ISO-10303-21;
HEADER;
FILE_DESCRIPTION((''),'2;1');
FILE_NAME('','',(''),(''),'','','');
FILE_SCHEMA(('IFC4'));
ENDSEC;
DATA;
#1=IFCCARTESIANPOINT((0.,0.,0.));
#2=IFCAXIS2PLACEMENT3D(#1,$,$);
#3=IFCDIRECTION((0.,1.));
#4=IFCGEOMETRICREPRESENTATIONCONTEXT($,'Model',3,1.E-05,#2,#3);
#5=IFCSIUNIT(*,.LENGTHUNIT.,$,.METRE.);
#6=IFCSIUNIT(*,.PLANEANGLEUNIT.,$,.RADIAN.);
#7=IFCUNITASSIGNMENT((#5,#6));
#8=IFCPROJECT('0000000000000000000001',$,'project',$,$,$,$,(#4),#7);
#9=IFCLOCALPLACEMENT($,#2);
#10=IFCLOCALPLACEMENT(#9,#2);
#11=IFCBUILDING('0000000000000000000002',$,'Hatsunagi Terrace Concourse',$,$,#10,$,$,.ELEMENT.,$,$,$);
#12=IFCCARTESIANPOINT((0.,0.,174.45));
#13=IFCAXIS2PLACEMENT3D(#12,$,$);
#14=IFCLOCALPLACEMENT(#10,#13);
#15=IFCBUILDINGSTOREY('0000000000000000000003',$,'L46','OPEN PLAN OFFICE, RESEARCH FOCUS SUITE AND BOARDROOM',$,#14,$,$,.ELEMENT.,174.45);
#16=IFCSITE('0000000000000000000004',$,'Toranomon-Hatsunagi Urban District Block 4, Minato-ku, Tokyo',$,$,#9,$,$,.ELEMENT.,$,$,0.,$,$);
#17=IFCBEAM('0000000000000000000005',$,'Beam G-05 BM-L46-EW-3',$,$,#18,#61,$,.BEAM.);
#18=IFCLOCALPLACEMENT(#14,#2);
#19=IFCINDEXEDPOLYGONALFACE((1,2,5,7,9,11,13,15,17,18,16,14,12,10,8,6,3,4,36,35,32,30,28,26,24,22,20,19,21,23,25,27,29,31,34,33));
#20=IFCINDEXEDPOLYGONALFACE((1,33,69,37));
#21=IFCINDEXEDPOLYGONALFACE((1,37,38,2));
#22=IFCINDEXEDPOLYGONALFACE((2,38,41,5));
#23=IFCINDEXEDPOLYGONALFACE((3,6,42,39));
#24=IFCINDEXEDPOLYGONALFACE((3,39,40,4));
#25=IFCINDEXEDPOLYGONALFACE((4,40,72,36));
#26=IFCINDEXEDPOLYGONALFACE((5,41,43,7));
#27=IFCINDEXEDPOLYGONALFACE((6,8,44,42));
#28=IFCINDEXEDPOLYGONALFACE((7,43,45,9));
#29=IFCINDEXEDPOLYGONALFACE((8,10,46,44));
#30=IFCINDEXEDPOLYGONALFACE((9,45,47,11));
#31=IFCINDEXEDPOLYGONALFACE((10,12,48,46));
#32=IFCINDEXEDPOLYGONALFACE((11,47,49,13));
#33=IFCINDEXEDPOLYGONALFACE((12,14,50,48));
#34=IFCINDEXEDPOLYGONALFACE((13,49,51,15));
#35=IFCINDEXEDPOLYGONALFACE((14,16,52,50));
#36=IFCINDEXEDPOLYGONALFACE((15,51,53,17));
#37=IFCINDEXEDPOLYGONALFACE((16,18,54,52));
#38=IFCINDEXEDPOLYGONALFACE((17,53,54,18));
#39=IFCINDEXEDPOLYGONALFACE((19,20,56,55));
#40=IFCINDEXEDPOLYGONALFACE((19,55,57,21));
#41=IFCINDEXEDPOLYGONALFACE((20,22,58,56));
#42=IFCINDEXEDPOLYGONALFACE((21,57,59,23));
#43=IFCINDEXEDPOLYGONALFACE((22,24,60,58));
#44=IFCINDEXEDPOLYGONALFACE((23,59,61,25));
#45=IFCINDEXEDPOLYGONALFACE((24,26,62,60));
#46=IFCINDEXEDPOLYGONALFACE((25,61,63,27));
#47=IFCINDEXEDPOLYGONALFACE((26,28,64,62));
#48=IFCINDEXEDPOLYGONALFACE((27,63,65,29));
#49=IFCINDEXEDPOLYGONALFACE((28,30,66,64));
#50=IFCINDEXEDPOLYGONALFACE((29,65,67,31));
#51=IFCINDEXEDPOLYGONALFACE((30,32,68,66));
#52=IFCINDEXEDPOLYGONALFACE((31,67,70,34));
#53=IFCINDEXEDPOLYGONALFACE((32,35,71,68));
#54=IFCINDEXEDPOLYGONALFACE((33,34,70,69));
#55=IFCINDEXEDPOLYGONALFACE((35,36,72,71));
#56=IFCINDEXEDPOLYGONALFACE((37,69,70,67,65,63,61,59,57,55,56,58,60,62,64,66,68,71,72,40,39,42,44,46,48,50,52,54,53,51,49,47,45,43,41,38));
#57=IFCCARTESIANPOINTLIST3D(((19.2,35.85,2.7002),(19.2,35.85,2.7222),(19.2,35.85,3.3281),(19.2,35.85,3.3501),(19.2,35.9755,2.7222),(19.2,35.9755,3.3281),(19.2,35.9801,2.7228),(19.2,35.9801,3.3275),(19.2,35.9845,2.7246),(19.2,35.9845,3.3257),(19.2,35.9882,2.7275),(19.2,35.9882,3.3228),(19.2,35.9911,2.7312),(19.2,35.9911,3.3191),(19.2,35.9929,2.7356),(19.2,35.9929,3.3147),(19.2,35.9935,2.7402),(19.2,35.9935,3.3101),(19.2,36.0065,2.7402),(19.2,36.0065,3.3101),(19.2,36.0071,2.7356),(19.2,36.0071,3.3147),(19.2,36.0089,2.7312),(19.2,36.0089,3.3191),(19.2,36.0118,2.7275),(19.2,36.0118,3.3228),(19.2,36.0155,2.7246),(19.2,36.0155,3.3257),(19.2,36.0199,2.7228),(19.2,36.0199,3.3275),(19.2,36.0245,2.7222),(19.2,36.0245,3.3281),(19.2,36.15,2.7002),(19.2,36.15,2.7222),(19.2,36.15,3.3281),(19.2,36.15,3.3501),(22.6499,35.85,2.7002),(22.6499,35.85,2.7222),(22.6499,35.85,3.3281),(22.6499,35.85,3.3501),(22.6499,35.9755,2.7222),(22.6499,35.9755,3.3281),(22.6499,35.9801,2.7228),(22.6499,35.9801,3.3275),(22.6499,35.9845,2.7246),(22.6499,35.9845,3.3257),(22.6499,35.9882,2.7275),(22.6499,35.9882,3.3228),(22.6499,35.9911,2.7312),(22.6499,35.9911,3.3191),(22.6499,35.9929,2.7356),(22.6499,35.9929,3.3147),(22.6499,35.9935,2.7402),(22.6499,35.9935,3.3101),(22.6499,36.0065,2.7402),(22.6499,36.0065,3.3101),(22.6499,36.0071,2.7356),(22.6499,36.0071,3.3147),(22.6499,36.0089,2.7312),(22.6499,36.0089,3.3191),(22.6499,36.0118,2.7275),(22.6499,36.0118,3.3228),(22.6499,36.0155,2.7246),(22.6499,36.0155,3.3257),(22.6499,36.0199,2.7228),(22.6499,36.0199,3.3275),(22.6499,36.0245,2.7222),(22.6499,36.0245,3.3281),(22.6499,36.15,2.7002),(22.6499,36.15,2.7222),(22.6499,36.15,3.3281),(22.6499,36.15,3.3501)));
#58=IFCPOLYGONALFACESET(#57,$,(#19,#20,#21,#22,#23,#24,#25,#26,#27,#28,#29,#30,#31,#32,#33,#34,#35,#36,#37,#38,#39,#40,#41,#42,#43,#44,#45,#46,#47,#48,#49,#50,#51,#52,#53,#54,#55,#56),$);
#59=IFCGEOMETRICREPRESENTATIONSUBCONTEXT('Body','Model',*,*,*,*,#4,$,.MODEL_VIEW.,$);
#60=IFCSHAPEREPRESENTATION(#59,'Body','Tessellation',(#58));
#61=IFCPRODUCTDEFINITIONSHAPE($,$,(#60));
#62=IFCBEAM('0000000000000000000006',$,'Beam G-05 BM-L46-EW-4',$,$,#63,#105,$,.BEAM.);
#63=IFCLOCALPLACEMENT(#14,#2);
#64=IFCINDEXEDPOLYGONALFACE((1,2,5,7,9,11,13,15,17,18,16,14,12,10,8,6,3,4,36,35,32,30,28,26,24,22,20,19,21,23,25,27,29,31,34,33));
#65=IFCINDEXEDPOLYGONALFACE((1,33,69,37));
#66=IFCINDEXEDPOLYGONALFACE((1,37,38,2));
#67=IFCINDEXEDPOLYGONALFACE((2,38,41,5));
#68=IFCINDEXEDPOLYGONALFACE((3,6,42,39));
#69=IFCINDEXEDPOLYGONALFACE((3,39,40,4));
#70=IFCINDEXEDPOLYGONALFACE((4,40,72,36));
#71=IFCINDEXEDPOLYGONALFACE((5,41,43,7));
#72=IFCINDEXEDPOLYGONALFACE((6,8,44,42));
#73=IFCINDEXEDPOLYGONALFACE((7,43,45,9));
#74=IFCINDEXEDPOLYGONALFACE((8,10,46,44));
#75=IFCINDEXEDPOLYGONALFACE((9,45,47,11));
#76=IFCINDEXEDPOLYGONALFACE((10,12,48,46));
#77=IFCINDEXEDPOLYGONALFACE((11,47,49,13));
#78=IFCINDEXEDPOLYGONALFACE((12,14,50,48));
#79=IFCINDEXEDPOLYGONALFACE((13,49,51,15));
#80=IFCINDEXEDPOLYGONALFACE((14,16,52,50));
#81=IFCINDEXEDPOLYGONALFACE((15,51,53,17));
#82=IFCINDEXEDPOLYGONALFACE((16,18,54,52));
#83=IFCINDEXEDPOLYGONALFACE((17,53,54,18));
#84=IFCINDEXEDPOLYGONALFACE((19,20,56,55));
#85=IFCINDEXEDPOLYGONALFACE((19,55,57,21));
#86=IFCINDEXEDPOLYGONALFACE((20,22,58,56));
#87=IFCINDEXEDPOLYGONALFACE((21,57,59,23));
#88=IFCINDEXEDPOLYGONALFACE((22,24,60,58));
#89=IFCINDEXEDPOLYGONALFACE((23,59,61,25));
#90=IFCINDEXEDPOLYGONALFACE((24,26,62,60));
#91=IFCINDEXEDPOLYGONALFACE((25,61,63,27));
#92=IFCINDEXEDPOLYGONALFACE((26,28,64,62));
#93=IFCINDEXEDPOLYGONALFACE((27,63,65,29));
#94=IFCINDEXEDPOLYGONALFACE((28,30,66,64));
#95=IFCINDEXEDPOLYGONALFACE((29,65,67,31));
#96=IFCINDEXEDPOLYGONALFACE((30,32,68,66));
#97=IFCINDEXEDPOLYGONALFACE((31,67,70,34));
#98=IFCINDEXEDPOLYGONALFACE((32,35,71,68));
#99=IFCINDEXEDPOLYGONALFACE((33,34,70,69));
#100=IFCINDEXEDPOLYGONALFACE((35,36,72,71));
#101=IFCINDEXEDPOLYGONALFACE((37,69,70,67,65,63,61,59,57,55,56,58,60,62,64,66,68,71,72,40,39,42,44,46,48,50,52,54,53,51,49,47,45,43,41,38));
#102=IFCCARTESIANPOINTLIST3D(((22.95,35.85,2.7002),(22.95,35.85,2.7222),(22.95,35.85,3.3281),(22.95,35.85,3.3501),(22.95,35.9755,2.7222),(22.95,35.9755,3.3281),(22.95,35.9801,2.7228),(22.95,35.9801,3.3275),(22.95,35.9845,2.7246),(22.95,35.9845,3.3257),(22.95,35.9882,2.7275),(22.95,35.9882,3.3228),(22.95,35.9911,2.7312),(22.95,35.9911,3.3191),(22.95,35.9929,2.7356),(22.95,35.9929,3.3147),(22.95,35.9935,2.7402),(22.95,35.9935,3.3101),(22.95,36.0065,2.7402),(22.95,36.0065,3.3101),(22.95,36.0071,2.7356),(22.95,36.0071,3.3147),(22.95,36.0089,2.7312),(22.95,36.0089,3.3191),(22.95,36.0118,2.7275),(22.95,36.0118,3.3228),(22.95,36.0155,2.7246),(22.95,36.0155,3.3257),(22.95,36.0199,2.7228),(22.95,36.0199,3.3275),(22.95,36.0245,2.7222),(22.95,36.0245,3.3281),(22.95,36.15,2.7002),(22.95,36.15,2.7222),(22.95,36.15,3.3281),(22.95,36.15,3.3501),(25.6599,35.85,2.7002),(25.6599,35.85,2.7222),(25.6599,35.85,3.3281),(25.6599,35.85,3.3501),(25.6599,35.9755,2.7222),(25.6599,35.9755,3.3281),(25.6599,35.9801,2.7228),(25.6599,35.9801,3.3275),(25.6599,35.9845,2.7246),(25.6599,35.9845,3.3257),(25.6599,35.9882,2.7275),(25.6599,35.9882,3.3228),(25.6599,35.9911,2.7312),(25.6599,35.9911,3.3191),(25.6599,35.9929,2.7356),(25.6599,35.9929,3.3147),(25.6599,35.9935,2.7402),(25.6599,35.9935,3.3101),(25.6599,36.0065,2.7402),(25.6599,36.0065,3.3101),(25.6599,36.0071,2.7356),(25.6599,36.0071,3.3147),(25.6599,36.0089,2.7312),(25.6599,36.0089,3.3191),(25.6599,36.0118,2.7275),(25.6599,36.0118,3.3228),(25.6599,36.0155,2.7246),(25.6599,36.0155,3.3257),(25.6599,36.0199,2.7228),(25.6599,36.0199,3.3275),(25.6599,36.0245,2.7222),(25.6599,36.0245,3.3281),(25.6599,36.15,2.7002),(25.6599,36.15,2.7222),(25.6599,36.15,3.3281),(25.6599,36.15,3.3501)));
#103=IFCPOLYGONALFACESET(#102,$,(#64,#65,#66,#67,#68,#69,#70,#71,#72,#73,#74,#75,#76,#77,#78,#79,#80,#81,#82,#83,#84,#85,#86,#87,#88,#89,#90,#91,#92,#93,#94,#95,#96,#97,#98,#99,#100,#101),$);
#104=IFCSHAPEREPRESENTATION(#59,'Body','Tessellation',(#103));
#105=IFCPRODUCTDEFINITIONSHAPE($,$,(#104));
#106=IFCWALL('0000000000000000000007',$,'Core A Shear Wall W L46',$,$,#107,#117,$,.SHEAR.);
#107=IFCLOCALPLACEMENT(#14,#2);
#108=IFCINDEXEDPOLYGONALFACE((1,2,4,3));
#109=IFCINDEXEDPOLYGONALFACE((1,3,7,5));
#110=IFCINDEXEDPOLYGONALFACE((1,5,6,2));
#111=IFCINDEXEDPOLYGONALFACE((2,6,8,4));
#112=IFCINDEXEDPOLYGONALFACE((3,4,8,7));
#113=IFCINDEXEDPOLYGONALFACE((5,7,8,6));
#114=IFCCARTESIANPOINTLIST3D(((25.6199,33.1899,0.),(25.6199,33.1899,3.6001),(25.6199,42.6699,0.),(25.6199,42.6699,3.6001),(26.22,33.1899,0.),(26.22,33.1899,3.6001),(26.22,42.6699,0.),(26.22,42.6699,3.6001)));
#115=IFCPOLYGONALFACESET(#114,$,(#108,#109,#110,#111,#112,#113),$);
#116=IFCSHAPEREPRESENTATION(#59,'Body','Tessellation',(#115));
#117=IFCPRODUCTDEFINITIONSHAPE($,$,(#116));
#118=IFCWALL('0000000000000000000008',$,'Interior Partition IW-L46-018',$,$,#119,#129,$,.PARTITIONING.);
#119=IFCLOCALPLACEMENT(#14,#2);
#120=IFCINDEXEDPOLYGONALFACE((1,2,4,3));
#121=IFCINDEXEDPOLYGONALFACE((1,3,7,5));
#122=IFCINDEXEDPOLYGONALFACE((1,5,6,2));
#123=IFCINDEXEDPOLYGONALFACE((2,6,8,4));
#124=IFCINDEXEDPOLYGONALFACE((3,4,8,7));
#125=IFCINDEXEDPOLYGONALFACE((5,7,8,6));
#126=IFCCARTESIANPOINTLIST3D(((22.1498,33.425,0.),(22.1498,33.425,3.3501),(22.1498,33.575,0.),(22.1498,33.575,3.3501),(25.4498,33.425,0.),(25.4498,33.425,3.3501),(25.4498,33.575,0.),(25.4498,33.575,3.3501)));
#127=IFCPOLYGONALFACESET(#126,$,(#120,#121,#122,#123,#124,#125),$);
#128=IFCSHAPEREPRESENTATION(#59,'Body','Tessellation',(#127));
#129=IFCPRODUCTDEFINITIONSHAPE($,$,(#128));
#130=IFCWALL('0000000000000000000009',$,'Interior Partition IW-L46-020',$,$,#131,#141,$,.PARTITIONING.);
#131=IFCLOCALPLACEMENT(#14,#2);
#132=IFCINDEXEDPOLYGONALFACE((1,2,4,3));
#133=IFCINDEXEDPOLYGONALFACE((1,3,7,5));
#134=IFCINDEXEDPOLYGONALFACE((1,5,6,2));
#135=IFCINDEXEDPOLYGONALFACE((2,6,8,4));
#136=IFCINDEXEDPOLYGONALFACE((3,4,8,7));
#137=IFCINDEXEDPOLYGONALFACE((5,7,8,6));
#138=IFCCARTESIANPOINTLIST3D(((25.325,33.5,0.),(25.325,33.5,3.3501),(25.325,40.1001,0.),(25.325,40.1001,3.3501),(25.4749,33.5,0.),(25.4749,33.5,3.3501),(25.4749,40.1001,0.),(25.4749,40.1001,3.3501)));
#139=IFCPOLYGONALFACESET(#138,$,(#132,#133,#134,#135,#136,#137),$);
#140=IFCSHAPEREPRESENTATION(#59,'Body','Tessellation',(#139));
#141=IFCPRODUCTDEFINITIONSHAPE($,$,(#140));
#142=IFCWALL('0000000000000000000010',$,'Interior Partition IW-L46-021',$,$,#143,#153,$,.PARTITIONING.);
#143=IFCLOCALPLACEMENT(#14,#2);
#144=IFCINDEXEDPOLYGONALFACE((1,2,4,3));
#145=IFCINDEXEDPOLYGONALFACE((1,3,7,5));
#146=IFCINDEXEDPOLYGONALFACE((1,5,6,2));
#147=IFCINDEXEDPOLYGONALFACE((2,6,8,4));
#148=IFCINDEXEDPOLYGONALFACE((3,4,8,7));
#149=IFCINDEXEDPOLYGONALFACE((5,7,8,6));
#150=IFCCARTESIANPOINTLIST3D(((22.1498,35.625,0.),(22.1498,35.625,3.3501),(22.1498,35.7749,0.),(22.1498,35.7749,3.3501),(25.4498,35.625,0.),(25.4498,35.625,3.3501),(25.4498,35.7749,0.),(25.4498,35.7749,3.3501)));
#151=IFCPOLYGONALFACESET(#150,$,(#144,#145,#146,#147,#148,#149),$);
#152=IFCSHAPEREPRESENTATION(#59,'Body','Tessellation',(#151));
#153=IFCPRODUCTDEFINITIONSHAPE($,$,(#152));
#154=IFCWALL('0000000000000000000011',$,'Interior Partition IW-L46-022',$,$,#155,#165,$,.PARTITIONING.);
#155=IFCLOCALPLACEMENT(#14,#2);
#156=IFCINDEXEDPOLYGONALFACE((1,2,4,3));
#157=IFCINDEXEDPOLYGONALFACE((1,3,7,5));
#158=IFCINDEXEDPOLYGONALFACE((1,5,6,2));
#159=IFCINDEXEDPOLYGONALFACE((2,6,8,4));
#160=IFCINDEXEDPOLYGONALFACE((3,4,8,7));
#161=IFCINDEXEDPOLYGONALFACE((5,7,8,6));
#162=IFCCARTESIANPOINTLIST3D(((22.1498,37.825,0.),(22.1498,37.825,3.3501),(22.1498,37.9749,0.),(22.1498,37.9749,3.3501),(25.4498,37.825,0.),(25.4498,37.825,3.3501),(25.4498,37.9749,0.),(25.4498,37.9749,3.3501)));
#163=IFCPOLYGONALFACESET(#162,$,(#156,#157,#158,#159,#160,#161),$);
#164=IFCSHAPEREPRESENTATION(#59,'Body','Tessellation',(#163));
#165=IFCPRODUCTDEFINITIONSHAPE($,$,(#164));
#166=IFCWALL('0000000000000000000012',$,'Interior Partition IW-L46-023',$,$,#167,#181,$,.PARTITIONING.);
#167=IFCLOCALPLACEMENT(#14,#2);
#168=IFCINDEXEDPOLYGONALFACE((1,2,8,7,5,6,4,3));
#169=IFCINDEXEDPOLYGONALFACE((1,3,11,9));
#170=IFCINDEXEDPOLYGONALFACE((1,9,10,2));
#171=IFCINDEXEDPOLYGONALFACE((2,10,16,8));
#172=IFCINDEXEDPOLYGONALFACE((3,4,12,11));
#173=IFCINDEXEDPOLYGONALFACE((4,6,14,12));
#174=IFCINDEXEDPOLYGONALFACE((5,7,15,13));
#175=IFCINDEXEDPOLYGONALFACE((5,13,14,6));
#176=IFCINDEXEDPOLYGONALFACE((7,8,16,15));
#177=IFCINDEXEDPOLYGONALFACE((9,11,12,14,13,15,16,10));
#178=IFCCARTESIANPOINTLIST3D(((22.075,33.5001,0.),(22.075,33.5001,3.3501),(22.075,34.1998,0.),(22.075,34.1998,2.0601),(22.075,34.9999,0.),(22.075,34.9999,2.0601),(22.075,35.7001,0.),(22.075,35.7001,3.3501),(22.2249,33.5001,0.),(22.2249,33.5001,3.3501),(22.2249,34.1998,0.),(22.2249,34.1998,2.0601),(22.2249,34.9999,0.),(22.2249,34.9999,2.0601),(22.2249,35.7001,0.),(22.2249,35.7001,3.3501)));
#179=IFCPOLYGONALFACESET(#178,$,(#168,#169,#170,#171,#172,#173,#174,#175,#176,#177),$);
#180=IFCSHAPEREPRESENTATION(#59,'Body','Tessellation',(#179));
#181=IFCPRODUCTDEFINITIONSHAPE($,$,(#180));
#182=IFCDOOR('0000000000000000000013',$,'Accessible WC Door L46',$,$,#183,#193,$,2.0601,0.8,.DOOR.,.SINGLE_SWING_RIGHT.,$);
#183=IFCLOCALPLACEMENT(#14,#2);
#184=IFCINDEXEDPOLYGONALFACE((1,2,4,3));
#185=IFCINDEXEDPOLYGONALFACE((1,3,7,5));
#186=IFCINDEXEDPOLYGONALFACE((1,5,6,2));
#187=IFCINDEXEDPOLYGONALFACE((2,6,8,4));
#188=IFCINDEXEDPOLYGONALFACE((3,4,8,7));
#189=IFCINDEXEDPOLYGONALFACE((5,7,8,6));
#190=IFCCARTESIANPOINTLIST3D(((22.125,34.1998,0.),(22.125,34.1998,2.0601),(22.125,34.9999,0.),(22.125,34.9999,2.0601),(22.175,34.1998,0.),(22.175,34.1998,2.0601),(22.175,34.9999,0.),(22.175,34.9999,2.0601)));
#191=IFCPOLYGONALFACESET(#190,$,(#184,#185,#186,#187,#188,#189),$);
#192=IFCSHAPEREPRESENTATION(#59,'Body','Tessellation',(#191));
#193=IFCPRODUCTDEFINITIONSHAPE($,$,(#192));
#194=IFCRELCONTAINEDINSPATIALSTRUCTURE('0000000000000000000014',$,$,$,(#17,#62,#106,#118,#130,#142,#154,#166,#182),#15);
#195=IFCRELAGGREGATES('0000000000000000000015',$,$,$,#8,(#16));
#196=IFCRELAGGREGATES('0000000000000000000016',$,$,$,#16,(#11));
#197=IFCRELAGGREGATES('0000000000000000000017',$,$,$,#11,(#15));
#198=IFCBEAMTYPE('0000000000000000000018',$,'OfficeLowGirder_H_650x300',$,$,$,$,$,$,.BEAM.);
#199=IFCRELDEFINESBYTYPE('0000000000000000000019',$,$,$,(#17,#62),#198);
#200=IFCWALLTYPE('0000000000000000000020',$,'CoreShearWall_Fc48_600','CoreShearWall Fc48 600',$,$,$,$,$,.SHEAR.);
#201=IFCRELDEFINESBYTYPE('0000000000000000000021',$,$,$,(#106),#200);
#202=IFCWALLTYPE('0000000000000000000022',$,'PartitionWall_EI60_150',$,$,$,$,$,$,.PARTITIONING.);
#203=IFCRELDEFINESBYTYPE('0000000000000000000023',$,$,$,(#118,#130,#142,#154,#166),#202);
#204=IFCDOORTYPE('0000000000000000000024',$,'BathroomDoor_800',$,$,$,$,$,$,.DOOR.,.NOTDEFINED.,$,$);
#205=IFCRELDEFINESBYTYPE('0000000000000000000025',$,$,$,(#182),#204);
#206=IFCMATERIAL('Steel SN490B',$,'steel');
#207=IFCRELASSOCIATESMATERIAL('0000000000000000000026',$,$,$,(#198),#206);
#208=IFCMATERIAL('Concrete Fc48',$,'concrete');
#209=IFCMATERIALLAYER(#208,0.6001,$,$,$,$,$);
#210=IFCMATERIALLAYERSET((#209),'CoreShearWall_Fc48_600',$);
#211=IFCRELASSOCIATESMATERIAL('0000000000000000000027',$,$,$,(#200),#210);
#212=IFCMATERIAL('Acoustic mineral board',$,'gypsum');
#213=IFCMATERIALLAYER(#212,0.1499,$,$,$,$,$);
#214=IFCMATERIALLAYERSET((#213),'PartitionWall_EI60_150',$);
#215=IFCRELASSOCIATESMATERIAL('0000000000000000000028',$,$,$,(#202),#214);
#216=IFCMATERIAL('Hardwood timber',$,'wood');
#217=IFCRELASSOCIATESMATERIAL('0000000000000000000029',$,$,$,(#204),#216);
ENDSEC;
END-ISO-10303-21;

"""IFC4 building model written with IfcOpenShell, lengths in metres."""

from ifc_helpers import new_model, si_unit, direction, frame, frame_2d, origin, origin_2d, place, context, subcontext, project, spatial, rectangle, i_section, extrude, material, layer, layer_set, material_profile, profile_set, type_object, element, fill, save


model = new_model("IFC4")

# Units and contexts
model_context = context("Model", 3, precision=1e-05, world=origin(), true_north=direction((0.0, 1.0)))
body_context = subcontext(model_context, "Body", "Model", "MODEL_VIEW")
ifc_project = project(units=[si_unit("LENGTHUNIT", "METRE"), si_unit("PLANEANGLEUNIT", "RADIAN")], contexts=[model_context])

# Site, building, storey
site_placement = place(None, origin())
site = spatial("IfcSite", under=ifc_project, at=site_placement, Name="Toranomon-Hatsunagi Urban District Block 4, Minato-ku, Tokyo", CompositionType="ELEMENT", RefElevation=0.0)
building_placement = place(site_placement, origin())
building = spatial("IfcBuilding", under=site, at=building_placement, Name="Hatsunagi Terrace Concourse", CompositionType="ELEMENT")
storey_placement = place(building_placement, frame((0.0, 0.0, 174.45)))
storey = spatial("IfcBuildingStorey", under=building, at=storey_placement, Name="L46", Description="OPEN PLAN OFFICE, RESEARCH FOCUS SUITE AND BOARDROOM", CompositionType="ELEMENT", Elevation=174.45)

# Beams
ifc_material_1 = material(Name="Steel SN490B", Category="steel")
ifc_material_profile_1 = material_profile(ifc_material_1, i_section(OverallWidth=0.3, OverallDepth=0.6499, WebThickness=0.0129, FlangeThickness=0.022, FilletRadius=0.0181, at=origin_2d()), Name="H-650x300x13x22")
ifc_profile_set_1 = profile_set([ifc_material_profile_1], Name="Steel SN490B")
beam_type_1 = type_object("IfcBeamType", Name="OfficeLowGirder_H_650x300", PredefinedType="BEAM", material=ifc_profile_set_1)
beam_1_placement = place(storey_placement, frame((19.2, 36.0, 3.0251), z_axis=(1.0, 0.0, 0.0), x_axis=(0.0, 1.0, 0.0)))
element("IfcBeam", 1, at=beam_1_placement, inside=storey, type_object=beam_type_1, Name="Beam G-05 BM-L46-EW-3", PredefinedType="BEAM", context=body_context, shape_type="SweptSolid", body=[
    extrude(i_section(OverallWidth=0.3, OverallDepth=0.6499, WebThickness=0.0129, FlangeThickness=0.022, FilletRadius=0.0181, at=origin_2d()), origin(), (0.0, 0.0, 1.0), 3.45),
])
beam_2_placement = place(storey_placement, frame((22.95, 36.0, 3.0251), z_axis=(1.0, 0.0, 0.0), x_axis=(0.0, 1.0, 0.0)))
element("IfcBeam", 2, at=beam_2_placement, inside=storey, type_object=beam_type_1, Name="Beam G-05 BM-L46-EW-4", PredefinedType="BEAM", context=body_context, shape_type="SweptSolid", body=[
    extrude(i_section(OverallWidth=0.3, OverallDepth=0.6499, WebThickness=0.0129, FlangeThickness=0.022, FilletRadius=0.0181, at=origin_2d()), origin(), (0.0, 0.0, 1.0), 2.71),
])

# Shared definitions
ifc_material_2 = material(Name="Concrete Fc48", Category="concrete")
ifc_layer_1 = layer(ifc_material_2, 0.6001)
ifc_layer_set_1 = layer_set([ifc_layer_1], Name="CoreShearWall_Fc48_600")
wall_type_1 = type_object("IfcWallType", Name="CoreShearWall_Fc48_600", Description="CoreShearWall Fc48 600", PredefinedType="SHEAR", material=ifc_layer_set_1)

# Walls
wall_1_placement = place(storey_placement, frame((25.9199, 33.1899, 0.0), z_axis=(0.0, 0.0, 1.0), x_axis=(0.0, 1.0, 0.0)))
element("IfcWall", 3, at=wall_1_placement, inside=storey, type_object=wall_type_1, Name="Core A Shear Wall W L46", PredefinedType="SHEAR", context=body_context, shape_type="SweptSolid", body=[
    extrude(rectangle(XDim=9.48, YDim=0.6001, at=frame_2d((4.74, 0.0))), origin(), (0.0, 0.0, 1.0), 3.6001),
])
ifc_material_3 = material(Name="Acoustic mineral board", Category="gypsum")
ifc_layer_2 = layer(ifc_material_3, 0.1499)
ifc_layer_set_2 = layer_set([ifc_layer_2], Name="PartitionWall_EI60_150")
wall_type_2 = type_object("IfcWallType", Name="PartitionWall_EI60_150", PredefinedType="PARTITIONING", material=ifc_layer_set_2)
wall_2_placement = place(storey_placement, frame((22.1499, 33.5, 0.0), z_axis=(0.0, 0.0, 1.0), x_axis=(1.0, 0.0, 0.0)))
element("IfcWall", 4, at=wall_2_placement, inside=storey, type_object=wall_type_2, Name="Interior Partition IW-L46-018", PredefinedType="PARTITIONING", context=body_context, shape_type="SweptSolid", body=[
    extrude(rectangle(XDim=3.3, YDim=0.1499, at=frame_2d((1.6499, 0.0))), origin(), (0.0, 0.0, 1.0), 3.3501),
])
wall_3_placement = place(storey_placement, frame((25.3999, 33.5, 0.0), z_axis=(0.0, 0.0, 1.0), x_axis=(0.0, 1.0, 0.0)))
element("IfcWall", 5, at=wall_3_placement, inside=storey, type_object=wall_type_2, Name="Interior Partition IW-L46-020", PredefinedType="PARTITIONING", context=body_context, shape_type="SweptSolid", body=[
    extrude(rectangle(XDim=6.6001, YDim=0.1499, at=frame_2d((3.3, 0.0))), origin(), (0.0, 0.0, 1.0), 3.3501),
])
for number, where, z_axis, x_axis, name in (
    (6, (22.1499, 35.7, 0.0), (0.0, 0.0, 1.0), (1.0, 0.0, 0.0), "Interior Partition IW-L46-021"),
    (7, (22.1499, 37.8999, 0.0), (0.0, 0.0, 1.0), (1.0, 0.0, 0.0), "Interior Partition IW-L46-022"),
):
    element("IfcWall", number, at=place(storey_placement, frame(where, z_axis=z_axis, x_axis=x_axis)), inside=storey, type_object=wall_type_2, Name=name, PredefinedType="PARTITIONING", context=body_context, shape_type="SweptSolid", body=[
        extrude(rectangle(XDim=3.3, YDim=0.1499, at=frame_2d((1.6499, 0.0))), origin(), (0.0, 0.0, 1.0), 3.3501),
    ])

# Wall, opening, door
wall_4_placement = place(storey_placement, frame((22.1499, 33.5, 0.0), z_axis=(0.0, 0.0, 1.0), x_axis=(0.0, 1.0, 0.0)))
wall_4 = element("IfcWall", 8, at=wall_4_placement, inside=storey, type_object=wall_type_2, Name="Interior Partition IW-L46-023", PredefinedType="PARTITIONING", context=body_context, shape_type="SweptSolid", body=[
    extrude(rectangle(XDim=2.2, YDim=0.1499, at=frame_2d((1.1001, 0.0))), origin(), (0.0, 0.0, 1.0), 3.3501),
])
opening_1_placement = place(wall_4_placement, frame((0.7, 0.0, 0.0)))
opening_1 = element("IfcOpeningElement", 9, at=opening_1_placement, cuts=wall_4, PredefinedType="OPENING", context=body_context, shape_type="SweptSolid", body=[
    extrude(rectangle(XDim=0.8, YDim=2.0601, at=frame_2d((0.3999, 1.03))), frame((0.0, 0.085, 0.0), z_axis=(0.0, -1.0, 0.0), x_axis=(1.0, 0.0, 0.0)), (0.0, 0.0, 1.0), 0.1699),
])
ifc_material_4 = material(Name="Hardwood timber", Category="wood")
door_type_1 = type_object("IfcDoorType", Name="BathroomDoor_800", OperationType="NOTDEFINED", PredefinedType="DOOR", material=ifc_material_4)
door_1_placement = place(opening_1_placement, origin())
door_1 = element("IfcDoor", 10, at=door_1_placement, inside=storey, type_object=door_type_1, Name="Accessible WC Door L46", OperationType="SINGLE_SWING_RIGHT", OverallHeight=2.0601, OverallWidth=0.8, PredefinedType="DOOR", context=body_context, shape_type="SweptSolid", body=[
    extrude(rectangle(XDim=0.8, YDim=2.0601, at=frame_2d((0.3999, 1.03))), frame((0.0, 0.0249, 0.0), z_axis=(0.0, -1.0, 0.0), x_axis=(1.0, 0.0, 0.0)), (0.0, 0.0, 1.0), 0.05),
])
fill(opening_1, door_1)

save(model, "model.ifc")
